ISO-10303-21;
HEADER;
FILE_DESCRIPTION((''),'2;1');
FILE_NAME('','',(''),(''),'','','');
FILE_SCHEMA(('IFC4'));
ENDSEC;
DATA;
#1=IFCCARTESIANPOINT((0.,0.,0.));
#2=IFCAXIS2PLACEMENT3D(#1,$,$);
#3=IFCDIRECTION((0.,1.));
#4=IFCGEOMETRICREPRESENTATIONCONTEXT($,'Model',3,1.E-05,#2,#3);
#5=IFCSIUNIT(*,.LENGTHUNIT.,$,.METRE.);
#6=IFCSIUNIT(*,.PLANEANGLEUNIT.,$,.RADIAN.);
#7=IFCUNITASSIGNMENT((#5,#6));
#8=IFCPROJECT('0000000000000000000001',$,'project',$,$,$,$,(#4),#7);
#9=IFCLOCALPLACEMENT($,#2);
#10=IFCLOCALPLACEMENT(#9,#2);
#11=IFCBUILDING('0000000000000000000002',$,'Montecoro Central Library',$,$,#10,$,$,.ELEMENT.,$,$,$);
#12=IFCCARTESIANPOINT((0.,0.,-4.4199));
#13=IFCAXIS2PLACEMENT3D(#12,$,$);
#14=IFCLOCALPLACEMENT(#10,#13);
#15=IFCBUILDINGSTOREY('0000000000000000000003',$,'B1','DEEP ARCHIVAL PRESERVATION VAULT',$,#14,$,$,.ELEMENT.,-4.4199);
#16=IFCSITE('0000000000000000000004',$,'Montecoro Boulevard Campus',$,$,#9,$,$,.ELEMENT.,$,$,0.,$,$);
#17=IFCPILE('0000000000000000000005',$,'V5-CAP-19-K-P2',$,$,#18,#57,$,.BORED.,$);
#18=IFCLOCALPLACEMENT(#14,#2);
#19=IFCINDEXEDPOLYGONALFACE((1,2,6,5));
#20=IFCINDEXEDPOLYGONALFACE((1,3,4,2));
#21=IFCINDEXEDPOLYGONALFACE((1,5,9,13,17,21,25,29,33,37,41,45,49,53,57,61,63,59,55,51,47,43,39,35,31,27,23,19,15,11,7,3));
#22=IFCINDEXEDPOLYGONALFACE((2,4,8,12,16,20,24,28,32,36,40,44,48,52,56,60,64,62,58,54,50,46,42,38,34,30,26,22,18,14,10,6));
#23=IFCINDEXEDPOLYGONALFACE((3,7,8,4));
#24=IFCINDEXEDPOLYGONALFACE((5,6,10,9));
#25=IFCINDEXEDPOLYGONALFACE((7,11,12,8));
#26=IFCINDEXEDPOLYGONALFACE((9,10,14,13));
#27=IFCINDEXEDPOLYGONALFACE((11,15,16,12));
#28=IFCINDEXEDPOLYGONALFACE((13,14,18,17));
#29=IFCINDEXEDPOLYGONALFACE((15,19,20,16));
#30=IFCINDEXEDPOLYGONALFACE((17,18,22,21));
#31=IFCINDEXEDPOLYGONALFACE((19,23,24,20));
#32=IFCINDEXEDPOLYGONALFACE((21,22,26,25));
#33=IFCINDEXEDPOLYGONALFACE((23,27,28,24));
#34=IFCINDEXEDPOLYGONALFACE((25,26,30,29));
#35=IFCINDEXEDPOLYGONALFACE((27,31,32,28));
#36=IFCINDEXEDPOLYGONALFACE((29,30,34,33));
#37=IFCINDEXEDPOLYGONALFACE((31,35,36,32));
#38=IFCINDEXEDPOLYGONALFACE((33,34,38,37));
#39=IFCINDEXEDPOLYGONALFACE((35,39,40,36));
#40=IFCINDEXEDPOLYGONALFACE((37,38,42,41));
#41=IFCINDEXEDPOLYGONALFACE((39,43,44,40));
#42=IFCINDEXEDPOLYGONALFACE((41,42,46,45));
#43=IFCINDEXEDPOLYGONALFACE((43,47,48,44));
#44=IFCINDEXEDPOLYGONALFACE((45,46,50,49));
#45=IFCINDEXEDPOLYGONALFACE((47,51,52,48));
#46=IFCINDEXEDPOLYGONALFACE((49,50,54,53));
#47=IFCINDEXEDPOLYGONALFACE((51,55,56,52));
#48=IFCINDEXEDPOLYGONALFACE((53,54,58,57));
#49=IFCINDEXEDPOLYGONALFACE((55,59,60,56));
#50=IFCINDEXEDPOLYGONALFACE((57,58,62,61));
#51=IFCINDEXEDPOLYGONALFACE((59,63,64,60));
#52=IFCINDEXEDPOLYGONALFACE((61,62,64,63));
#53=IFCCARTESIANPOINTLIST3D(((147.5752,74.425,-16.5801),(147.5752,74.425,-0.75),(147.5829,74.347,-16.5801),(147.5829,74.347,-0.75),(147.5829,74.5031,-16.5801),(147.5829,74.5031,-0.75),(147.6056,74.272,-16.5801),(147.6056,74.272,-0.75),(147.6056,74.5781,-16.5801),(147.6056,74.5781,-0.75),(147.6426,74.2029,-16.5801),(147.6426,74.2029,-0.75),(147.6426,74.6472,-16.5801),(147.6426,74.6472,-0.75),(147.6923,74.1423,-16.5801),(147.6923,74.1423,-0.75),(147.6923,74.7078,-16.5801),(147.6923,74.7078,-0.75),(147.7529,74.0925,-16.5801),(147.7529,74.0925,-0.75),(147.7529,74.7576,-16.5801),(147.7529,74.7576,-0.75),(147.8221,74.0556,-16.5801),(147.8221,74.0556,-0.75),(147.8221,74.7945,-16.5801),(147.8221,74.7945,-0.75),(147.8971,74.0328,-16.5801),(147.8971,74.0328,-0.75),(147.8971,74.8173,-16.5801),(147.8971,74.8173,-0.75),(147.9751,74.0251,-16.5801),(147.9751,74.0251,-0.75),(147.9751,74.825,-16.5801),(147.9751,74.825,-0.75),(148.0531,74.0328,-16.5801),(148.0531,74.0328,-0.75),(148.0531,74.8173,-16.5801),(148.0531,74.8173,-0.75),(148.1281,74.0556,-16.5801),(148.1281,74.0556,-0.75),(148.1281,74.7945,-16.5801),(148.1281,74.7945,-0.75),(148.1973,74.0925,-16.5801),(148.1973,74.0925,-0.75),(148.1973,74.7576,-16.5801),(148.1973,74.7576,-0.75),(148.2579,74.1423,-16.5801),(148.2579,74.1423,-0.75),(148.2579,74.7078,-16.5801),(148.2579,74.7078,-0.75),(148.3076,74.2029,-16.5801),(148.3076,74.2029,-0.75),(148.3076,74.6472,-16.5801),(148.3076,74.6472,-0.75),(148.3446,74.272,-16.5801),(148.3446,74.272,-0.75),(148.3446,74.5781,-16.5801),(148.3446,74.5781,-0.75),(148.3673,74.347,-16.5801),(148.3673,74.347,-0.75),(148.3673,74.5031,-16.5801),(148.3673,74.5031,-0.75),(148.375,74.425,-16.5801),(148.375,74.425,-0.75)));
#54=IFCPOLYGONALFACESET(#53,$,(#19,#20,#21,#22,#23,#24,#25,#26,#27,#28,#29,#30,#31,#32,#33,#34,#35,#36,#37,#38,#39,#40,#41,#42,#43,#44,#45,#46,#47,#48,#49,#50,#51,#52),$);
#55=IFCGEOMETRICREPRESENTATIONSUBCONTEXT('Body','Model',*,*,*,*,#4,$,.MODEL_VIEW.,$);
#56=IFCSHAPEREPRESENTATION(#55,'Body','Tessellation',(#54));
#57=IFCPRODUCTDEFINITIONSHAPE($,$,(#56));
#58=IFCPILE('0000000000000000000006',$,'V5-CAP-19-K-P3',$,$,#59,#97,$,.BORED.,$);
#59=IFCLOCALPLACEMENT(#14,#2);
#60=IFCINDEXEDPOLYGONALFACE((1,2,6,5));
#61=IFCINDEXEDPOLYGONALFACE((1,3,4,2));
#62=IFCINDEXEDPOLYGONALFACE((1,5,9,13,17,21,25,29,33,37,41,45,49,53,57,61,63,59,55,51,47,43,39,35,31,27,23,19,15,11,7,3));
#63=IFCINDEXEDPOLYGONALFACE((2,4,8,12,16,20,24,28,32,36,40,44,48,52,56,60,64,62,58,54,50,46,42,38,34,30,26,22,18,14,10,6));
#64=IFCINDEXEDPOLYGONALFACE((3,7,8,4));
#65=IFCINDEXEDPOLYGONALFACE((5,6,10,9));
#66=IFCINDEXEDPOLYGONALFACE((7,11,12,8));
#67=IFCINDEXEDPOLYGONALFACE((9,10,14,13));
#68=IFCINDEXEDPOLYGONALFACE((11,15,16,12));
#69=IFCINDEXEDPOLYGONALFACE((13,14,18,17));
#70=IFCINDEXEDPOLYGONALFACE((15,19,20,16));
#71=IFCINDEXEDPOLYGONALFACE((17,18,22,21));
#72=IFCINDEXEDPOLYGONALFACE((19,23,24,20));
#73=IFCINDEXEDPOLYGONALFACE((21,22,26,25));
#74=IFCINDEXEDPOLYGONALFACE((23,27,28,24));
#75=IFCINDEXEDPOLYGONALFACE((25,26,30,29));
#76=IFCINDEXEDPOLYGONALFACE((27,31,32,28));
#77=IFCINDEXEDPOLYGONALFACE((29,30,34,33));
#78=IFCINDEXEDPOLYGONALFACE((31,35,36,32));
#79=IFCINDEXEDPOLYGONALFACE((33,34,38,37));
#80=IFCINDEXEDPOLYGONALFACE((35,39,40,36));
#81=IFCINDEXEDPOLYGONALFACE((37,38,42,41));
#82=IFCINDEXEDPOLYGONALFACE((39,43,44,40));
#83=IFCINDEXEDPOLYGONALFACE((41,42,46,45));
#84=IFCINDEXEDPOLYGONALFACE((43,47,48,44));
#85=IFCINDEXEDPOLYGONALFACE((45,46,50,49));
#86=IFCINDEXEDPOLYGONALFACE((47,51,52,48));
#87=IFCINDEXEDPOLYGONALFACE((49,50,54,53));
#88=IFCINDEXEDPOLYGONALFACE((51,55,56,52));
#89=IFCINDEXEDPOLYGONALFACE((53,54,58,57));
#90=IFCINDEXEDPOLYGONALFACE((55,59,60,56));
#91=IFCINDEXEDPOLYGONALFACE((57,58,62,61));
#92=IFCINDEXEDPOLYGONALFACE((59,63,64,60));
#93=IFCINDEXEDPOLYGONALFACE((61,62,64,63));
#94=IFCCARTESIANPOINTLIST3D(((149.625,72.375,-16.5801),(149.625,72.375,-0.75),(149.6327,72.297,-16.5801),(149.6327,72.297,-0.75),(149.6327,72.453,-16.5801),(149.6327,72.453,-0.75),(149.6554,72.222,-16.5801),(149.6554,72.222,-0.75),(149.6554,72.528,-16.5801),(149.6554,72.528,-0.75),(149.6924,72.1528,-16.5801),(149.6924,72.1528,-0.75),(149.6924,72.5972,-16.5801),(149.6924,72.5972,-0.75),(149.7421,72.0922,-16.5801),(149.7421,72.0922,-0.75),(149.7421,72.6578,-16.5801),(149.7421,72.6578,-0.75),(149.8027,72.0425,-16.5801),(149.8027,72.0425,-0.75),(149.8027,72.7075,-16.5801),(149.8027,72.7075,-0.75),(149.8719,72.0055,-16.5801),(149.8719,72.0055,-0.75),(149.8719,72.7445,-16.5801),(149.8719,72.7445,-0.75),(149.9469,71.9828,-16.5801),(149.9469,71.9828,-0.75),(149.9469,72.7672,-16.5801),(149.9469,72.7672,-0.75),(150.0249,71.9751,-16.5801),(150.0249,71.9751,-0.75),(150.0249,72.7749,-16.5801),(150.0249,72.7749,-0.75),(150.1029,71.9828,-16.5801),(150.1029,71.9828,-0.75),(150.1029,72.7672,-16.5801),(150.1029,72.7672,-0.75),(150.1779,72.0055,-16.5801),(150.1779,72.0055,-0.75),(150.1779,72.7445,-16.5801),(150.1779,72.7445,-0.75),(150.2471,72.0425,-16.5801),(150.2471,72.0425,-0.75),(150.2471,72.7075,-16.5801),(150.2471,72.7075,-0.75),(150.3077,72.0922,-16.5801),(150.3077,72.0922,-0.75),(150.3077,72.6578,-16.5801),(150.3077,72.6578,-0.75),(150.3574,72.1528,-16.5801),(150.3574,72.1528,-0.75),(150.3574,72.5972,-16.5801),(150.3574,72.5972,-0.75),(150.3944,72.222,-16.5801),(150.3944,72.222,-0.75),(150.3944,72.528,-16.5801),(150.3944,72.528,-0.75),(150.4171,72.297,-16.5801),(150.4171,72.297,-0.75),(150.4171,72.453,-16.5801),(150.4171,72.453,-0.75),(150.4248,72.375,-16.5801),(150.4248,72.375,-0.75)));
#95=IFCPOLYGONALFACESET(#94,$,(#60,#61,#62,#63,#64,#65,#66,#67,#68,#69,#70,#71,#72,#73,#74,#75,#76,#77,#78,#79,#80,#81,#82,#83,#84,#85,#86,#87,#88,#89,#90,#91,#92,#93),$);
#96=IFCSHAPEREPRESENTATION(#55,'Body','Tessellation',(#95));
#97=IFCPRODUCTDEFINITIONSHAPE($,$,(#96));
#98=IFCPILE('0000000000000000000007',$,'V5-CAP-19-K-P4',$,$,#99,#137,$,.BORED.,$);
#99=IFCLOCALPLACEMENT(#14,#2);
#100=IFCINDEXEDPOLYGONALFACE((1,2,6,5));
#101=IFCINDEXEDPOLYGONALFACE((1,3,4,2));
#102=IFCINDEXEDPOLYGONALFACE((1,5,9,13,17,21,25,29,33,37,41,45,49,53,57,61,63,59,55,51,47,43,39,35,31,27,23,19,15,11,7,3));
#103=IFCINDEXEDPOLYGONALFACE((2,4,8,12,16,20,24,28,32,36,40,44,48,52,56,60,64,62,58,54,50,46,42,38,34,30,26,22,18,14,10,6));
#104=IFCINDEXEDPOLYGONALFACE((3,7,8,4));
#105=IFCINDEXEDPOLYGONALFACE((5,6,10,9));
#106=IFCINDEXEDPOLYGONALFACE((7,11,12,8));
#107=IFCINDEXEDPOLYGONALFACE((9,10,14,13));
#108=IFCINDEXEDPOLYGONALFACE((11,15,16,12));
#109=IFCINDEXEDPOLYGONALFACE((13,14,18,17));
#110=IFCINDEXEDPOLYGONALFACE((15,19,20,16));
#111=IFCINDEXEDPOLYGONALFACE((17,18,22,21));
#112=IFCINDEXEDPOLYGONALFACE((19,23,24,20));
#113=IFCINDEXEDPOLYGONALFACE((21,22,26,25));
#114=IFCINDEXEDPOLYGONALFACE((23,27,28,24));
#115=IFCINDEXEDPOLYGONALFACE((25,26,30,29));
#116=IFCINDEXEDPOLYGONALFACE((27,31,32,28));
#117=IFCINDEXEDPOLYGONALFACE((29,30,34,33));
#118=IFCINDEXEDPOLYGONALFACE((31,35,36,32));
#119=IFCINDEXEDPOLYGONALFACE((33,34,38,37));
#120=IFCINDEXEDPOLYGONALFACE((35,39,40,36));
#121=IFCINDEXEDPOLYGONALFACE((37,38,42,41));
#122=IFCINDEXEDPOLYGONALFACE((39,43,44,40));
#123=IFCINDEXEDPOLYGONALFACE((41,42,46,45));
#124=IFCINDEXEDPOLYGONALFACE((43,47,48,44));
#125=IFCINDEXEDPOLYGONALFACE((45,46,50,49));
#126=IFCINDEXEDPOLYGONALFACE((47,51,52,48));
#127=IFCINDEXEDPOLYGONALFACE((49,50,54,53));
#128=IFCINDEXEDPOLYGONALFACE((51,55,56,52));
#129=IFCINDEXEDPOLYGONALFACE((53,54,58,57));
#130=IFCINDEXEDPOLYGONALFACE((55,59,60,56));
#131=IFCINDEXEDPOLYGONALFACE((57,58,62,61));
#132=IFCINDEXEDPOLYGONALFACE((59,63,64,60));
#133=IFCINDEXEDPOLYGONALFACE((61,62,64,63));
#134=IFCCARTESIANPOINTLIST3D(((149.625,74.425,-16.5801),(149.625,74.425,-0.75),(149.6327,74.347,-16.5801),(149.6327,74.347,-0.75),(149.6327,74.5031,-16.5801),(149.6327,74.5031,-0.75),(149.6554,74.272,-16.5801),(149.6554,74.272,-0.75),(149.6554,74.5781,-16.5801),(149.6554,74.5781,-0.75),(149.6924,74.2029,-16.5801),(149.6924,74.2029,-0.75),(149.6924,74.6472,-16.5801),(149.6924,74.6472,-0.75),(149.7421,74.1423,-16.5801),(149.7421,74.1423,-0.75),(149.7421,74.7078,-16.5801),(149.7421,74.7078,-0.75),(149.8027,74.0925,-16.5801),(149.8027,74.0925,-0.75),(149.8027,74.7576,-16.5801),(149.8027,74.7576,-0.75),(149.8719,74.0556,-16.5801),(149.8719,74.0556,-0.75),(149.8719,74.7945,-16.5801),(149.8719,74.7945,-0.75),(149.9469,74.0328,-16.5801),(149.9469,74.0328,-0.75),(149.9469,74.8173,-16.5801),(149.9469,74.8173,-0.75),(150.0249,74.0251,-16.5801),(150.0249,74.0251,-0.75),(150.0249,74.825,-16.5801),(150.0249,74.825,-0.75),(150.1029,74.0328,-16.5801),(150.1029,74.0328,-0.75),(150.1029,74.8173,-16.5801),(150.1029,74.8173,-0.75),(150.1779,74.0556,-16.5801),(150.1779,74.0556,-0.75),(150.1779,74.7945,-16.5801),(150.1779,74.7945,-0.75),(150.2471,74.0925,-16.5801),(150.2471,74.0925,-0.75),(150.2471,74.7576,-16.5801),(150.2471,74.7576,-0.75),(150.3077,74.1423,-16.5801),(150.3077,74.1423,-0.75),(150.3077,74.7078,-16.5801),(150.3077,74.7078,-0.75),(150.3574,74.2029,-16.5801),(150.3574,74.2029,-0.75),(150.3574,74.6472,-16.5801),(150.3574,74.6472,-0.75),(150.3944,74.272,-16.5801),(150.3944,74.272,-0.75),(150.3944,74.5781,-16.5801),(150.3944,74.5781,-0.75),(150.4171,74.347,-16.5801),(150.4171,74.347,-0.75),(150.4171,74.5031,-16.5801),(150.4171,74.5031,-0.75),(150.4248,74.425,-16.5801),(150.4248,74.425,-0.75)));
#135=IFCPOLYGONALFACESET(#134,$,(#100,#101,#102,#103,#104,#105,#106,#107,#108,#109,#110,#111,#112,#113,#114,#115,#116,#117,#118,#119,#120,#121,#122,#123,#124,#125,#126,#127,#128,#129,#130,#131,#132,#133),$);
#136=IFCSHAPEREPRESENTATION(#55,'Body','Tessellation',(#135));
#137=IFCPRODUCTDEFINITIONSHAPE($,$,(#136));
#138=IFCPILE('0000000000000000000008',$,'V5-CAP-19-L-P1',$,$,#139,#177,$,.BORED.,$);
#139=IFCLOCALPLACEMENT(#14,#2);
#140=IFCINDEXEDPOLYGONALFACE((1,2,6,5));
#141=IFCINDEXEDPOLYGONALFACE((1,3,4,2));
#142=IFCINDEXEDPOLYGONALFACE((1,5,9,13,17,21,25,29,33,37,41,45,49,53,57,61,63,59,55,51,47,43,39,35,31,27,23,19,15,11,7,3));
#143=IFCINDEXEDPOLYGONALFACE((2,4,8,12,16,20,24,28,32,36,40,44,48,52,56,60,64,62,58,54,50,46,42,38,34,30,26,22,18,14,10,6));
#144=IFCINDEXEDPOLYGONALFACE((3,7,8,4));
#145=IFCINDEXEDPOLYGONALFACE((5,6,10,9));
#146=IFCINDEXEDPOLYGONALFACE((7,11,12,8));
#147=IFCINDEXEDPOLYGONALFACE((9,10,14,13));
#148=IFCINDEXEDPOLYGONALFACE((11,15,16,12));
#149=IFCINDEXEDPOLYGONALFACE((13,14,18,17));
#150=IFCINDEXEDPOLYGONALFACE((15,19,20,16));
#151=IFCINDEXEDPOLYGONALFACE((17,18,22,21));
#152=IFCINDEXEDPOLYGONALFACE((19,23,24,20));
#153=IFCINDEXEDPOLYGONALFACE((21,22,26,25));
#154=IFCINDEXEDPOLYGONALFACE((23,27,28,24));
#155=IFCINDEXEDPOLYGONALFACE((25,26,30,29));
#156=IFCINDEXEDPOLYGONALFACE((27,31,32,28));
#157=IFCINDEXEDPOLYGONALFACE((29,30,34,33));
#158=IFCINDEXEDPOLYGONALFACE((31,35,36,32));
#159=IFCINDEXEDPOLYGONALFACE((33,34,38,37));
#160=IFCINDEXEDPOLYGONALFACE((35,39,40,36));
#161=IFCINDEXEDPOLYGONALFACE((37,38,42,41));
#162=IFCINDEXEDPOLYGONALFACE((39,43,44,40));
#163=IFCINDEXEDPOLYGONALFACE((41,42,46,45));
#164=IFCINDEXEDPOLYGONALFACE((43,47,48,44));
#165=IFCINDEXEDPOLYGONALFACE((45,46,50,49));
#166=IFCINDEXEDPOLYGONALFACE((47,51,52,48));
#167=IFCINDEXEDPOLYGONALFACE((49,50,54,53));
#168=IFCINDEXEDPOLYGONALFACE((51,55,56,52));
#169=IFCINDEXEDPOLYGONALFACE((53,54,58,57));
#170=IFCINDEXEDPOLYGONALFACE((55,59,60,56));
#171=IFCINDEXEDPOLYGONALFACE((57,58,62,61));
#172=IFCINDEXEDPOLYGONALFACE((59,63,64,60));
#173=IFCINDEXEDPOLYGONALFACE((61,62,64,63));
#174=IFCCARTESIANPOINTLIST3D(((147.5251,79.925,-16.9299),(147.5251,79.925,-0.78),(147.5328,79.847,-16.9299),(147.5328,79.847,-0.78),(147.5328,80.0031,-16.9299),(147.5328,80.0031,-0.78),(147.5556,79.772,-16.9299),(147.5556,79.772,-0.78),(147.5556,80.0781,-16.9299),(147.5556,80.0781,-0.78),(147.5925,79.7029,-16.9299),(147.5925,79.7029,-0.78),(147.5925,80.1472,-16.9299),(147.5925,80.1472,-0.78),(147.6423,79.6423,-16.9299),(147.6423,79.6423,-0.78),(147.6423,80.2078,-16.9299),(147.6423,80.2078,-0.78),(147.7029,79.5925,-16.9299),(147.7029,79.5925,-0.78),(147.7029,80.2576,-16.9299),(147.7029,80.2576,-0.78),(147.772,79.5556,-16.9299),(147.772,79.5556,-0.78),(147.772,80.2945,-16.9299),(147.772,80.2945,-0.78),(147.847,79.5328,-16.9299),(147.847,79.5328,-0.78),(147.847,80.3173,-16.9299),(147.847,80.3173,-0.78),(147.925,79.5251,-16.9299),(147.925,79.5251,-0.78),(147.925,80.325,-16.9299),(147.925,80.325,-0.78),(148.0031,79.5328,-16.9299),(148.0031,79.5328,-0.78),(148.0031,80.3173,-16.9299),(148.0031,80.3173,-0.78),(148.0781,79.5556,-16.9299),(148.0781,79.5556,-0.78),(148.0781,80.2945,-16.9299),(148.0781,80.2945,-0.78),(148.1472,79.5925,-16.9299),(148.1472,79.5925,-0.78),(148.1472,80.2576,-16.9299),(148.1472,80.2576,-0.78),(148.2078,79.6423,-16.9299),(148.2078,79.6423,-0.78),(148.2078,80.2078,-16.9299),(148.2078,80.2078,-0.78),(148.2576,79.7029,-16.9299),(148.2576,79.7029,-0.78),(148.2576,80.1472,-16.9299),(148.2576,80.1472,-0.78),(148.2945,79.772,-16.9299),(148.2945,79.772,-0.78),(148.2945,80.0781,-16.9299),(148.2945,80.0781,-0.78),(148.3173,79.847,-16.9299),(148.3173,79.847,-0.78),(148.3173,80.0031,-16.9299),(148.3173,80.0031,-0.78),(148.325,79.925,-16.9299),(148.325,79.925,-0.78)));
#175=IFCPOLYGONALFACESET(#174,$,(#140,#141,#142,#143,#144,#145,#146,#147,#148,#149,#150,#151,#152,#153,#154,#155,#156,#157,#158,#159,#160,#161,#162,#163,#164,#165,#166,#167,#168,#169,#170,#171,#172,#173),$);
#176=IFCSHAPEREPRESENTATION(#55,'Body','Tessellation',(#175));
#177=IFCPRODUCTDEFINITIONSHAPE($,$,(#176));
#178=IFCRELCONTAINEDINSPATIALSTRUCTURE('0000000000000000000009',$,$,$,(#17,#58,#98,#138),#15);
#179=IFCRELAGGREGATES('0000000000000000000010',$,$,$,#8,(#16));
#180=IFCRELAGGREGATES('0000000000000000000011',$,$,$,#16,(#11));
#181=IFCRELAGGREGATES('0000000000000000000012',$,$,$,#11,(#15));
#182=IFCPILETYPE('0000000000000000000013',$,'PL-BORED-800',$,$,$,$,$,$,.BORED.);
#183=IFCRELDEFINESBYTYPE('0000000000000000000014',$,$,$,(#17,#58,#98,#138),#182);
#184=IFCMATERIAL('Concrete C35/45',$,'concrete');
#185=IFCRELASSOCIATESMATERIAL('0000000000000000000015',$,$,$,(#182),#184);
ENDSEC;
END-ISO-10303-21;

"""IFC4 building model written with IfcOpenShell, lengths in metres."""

from ifc_helpers import new_model, si_unit, direction, frame, origin, origin_2d, place, context, subcontext, project, spatial, circle, extrude, material, material_profile, profile_set, type_object, element, save


model = new_model("IFC4")

# Units and contexts
model_context = context("Model", 3, precision=1e-05, world=origin(), true_north=direction((0.0, 1.0)))
body_context = subcontext(model_context, "Body", "Model", "MODEL_VIEW")
ifc_project = project(units=[si_unit("LENGTHUNIT", "METRE"), si_unit("PLANEANGLEUNIT", "RADIAN")], contexts=[model_context])

# Site, building, storey
site_placement = place(None, origin())
site = spatial("IfcSite", under=ifc_project, at=site_placement, Name="Montecoro Boulevard Campus", CompositionType="ELEMENT", RefElevation=0.0)
building_placement = place(site_placement, origin())
building = spatial("IfcBuilding", under=site, at=building_placement, Name="Montecoro Central Library", CompositionType="ELEMENT")
storey_placement = place(building_placement, frame((0.0, 0.0, -4.4199)))
storey = spatial("IfcBuildingStorey", under=building, at=storey_placement, Name="B1", Description="DEEP ARCHIVAL PRESERVATION VAULT", CompositionType="ELEMENT", Elevation=-4.4199)

# Shared definitions
ifc_material_1 = material(Name="Concrete C35/45", Category="concrete")

# Piles
ifc_material_profile_1 = material_profile(ifc_material_1, circle(Radius=0.3999, at=origin_2d()), Name="PILE D800")
ifc_profile_set_1 = profile_set([ifc_material_profile_1], Name="Concrete C35/45")
pile_type_1 = type_object("IfcPileType", Name="PL-BORED-800", PredefinedType="BORED", material=ifc_profile_set_1)
for number, where, z_axis, x_axis, name in (
    (1, (147.9751, 74.425, -0.75), (0.0, 0.0, -1.0), (1.0, 0.0, 0.0), "V5-CAP-19-K-P2"),
    (2, (150.0249, 72.375, -0.75), (0.0, 0.0, -1.0), (1.0, 0.0, 0.0), "V5-CAP-19-K-P3"),
    (3, (150.0249, 74.425, -0.75), (0.0, 0.0, -1.0), (1.0, 0.0, 0.0), "V5-CAP-19-K-P4"),
):
    element("IfcPile", number, at=place(storey_placement, frame(where, z_axis=z_axis, x_axis=x_axis)), inside=storey, type_object=pile_type_1, Name=name, PredefinedType="BORED", context=body_context, shape_type="SweptSolid", body=[
        extrude(circle(Radius=0.3999, at=origin_2d()), origin(), (0.0, 0.0, 1.0), 15.8301),
    ])
for number, where, z_axis, x_axis, name in (
    (4, (147.925, 79.925, -0.78), (0.0, 0.0, -1.0), (1.0, 0.0, 0.0), "V5-CAP-19-L-P1"),
):
    element("IfcPile", number, at=place(storey_placement, frame(where, z_axis=z_axis, x_axis=x_axis)), inside=storey, type_object=pile_type_1, Name=name, PredefinedType="BORED", context=body_context, shape_type="SweptSolid", body=[
        extrude(circle(Radius=0.3999, at=origin_2d()), origin(), (0.0, 0.0, 1.0), 16.1499),
    ])

save(model, "model.ifc")
